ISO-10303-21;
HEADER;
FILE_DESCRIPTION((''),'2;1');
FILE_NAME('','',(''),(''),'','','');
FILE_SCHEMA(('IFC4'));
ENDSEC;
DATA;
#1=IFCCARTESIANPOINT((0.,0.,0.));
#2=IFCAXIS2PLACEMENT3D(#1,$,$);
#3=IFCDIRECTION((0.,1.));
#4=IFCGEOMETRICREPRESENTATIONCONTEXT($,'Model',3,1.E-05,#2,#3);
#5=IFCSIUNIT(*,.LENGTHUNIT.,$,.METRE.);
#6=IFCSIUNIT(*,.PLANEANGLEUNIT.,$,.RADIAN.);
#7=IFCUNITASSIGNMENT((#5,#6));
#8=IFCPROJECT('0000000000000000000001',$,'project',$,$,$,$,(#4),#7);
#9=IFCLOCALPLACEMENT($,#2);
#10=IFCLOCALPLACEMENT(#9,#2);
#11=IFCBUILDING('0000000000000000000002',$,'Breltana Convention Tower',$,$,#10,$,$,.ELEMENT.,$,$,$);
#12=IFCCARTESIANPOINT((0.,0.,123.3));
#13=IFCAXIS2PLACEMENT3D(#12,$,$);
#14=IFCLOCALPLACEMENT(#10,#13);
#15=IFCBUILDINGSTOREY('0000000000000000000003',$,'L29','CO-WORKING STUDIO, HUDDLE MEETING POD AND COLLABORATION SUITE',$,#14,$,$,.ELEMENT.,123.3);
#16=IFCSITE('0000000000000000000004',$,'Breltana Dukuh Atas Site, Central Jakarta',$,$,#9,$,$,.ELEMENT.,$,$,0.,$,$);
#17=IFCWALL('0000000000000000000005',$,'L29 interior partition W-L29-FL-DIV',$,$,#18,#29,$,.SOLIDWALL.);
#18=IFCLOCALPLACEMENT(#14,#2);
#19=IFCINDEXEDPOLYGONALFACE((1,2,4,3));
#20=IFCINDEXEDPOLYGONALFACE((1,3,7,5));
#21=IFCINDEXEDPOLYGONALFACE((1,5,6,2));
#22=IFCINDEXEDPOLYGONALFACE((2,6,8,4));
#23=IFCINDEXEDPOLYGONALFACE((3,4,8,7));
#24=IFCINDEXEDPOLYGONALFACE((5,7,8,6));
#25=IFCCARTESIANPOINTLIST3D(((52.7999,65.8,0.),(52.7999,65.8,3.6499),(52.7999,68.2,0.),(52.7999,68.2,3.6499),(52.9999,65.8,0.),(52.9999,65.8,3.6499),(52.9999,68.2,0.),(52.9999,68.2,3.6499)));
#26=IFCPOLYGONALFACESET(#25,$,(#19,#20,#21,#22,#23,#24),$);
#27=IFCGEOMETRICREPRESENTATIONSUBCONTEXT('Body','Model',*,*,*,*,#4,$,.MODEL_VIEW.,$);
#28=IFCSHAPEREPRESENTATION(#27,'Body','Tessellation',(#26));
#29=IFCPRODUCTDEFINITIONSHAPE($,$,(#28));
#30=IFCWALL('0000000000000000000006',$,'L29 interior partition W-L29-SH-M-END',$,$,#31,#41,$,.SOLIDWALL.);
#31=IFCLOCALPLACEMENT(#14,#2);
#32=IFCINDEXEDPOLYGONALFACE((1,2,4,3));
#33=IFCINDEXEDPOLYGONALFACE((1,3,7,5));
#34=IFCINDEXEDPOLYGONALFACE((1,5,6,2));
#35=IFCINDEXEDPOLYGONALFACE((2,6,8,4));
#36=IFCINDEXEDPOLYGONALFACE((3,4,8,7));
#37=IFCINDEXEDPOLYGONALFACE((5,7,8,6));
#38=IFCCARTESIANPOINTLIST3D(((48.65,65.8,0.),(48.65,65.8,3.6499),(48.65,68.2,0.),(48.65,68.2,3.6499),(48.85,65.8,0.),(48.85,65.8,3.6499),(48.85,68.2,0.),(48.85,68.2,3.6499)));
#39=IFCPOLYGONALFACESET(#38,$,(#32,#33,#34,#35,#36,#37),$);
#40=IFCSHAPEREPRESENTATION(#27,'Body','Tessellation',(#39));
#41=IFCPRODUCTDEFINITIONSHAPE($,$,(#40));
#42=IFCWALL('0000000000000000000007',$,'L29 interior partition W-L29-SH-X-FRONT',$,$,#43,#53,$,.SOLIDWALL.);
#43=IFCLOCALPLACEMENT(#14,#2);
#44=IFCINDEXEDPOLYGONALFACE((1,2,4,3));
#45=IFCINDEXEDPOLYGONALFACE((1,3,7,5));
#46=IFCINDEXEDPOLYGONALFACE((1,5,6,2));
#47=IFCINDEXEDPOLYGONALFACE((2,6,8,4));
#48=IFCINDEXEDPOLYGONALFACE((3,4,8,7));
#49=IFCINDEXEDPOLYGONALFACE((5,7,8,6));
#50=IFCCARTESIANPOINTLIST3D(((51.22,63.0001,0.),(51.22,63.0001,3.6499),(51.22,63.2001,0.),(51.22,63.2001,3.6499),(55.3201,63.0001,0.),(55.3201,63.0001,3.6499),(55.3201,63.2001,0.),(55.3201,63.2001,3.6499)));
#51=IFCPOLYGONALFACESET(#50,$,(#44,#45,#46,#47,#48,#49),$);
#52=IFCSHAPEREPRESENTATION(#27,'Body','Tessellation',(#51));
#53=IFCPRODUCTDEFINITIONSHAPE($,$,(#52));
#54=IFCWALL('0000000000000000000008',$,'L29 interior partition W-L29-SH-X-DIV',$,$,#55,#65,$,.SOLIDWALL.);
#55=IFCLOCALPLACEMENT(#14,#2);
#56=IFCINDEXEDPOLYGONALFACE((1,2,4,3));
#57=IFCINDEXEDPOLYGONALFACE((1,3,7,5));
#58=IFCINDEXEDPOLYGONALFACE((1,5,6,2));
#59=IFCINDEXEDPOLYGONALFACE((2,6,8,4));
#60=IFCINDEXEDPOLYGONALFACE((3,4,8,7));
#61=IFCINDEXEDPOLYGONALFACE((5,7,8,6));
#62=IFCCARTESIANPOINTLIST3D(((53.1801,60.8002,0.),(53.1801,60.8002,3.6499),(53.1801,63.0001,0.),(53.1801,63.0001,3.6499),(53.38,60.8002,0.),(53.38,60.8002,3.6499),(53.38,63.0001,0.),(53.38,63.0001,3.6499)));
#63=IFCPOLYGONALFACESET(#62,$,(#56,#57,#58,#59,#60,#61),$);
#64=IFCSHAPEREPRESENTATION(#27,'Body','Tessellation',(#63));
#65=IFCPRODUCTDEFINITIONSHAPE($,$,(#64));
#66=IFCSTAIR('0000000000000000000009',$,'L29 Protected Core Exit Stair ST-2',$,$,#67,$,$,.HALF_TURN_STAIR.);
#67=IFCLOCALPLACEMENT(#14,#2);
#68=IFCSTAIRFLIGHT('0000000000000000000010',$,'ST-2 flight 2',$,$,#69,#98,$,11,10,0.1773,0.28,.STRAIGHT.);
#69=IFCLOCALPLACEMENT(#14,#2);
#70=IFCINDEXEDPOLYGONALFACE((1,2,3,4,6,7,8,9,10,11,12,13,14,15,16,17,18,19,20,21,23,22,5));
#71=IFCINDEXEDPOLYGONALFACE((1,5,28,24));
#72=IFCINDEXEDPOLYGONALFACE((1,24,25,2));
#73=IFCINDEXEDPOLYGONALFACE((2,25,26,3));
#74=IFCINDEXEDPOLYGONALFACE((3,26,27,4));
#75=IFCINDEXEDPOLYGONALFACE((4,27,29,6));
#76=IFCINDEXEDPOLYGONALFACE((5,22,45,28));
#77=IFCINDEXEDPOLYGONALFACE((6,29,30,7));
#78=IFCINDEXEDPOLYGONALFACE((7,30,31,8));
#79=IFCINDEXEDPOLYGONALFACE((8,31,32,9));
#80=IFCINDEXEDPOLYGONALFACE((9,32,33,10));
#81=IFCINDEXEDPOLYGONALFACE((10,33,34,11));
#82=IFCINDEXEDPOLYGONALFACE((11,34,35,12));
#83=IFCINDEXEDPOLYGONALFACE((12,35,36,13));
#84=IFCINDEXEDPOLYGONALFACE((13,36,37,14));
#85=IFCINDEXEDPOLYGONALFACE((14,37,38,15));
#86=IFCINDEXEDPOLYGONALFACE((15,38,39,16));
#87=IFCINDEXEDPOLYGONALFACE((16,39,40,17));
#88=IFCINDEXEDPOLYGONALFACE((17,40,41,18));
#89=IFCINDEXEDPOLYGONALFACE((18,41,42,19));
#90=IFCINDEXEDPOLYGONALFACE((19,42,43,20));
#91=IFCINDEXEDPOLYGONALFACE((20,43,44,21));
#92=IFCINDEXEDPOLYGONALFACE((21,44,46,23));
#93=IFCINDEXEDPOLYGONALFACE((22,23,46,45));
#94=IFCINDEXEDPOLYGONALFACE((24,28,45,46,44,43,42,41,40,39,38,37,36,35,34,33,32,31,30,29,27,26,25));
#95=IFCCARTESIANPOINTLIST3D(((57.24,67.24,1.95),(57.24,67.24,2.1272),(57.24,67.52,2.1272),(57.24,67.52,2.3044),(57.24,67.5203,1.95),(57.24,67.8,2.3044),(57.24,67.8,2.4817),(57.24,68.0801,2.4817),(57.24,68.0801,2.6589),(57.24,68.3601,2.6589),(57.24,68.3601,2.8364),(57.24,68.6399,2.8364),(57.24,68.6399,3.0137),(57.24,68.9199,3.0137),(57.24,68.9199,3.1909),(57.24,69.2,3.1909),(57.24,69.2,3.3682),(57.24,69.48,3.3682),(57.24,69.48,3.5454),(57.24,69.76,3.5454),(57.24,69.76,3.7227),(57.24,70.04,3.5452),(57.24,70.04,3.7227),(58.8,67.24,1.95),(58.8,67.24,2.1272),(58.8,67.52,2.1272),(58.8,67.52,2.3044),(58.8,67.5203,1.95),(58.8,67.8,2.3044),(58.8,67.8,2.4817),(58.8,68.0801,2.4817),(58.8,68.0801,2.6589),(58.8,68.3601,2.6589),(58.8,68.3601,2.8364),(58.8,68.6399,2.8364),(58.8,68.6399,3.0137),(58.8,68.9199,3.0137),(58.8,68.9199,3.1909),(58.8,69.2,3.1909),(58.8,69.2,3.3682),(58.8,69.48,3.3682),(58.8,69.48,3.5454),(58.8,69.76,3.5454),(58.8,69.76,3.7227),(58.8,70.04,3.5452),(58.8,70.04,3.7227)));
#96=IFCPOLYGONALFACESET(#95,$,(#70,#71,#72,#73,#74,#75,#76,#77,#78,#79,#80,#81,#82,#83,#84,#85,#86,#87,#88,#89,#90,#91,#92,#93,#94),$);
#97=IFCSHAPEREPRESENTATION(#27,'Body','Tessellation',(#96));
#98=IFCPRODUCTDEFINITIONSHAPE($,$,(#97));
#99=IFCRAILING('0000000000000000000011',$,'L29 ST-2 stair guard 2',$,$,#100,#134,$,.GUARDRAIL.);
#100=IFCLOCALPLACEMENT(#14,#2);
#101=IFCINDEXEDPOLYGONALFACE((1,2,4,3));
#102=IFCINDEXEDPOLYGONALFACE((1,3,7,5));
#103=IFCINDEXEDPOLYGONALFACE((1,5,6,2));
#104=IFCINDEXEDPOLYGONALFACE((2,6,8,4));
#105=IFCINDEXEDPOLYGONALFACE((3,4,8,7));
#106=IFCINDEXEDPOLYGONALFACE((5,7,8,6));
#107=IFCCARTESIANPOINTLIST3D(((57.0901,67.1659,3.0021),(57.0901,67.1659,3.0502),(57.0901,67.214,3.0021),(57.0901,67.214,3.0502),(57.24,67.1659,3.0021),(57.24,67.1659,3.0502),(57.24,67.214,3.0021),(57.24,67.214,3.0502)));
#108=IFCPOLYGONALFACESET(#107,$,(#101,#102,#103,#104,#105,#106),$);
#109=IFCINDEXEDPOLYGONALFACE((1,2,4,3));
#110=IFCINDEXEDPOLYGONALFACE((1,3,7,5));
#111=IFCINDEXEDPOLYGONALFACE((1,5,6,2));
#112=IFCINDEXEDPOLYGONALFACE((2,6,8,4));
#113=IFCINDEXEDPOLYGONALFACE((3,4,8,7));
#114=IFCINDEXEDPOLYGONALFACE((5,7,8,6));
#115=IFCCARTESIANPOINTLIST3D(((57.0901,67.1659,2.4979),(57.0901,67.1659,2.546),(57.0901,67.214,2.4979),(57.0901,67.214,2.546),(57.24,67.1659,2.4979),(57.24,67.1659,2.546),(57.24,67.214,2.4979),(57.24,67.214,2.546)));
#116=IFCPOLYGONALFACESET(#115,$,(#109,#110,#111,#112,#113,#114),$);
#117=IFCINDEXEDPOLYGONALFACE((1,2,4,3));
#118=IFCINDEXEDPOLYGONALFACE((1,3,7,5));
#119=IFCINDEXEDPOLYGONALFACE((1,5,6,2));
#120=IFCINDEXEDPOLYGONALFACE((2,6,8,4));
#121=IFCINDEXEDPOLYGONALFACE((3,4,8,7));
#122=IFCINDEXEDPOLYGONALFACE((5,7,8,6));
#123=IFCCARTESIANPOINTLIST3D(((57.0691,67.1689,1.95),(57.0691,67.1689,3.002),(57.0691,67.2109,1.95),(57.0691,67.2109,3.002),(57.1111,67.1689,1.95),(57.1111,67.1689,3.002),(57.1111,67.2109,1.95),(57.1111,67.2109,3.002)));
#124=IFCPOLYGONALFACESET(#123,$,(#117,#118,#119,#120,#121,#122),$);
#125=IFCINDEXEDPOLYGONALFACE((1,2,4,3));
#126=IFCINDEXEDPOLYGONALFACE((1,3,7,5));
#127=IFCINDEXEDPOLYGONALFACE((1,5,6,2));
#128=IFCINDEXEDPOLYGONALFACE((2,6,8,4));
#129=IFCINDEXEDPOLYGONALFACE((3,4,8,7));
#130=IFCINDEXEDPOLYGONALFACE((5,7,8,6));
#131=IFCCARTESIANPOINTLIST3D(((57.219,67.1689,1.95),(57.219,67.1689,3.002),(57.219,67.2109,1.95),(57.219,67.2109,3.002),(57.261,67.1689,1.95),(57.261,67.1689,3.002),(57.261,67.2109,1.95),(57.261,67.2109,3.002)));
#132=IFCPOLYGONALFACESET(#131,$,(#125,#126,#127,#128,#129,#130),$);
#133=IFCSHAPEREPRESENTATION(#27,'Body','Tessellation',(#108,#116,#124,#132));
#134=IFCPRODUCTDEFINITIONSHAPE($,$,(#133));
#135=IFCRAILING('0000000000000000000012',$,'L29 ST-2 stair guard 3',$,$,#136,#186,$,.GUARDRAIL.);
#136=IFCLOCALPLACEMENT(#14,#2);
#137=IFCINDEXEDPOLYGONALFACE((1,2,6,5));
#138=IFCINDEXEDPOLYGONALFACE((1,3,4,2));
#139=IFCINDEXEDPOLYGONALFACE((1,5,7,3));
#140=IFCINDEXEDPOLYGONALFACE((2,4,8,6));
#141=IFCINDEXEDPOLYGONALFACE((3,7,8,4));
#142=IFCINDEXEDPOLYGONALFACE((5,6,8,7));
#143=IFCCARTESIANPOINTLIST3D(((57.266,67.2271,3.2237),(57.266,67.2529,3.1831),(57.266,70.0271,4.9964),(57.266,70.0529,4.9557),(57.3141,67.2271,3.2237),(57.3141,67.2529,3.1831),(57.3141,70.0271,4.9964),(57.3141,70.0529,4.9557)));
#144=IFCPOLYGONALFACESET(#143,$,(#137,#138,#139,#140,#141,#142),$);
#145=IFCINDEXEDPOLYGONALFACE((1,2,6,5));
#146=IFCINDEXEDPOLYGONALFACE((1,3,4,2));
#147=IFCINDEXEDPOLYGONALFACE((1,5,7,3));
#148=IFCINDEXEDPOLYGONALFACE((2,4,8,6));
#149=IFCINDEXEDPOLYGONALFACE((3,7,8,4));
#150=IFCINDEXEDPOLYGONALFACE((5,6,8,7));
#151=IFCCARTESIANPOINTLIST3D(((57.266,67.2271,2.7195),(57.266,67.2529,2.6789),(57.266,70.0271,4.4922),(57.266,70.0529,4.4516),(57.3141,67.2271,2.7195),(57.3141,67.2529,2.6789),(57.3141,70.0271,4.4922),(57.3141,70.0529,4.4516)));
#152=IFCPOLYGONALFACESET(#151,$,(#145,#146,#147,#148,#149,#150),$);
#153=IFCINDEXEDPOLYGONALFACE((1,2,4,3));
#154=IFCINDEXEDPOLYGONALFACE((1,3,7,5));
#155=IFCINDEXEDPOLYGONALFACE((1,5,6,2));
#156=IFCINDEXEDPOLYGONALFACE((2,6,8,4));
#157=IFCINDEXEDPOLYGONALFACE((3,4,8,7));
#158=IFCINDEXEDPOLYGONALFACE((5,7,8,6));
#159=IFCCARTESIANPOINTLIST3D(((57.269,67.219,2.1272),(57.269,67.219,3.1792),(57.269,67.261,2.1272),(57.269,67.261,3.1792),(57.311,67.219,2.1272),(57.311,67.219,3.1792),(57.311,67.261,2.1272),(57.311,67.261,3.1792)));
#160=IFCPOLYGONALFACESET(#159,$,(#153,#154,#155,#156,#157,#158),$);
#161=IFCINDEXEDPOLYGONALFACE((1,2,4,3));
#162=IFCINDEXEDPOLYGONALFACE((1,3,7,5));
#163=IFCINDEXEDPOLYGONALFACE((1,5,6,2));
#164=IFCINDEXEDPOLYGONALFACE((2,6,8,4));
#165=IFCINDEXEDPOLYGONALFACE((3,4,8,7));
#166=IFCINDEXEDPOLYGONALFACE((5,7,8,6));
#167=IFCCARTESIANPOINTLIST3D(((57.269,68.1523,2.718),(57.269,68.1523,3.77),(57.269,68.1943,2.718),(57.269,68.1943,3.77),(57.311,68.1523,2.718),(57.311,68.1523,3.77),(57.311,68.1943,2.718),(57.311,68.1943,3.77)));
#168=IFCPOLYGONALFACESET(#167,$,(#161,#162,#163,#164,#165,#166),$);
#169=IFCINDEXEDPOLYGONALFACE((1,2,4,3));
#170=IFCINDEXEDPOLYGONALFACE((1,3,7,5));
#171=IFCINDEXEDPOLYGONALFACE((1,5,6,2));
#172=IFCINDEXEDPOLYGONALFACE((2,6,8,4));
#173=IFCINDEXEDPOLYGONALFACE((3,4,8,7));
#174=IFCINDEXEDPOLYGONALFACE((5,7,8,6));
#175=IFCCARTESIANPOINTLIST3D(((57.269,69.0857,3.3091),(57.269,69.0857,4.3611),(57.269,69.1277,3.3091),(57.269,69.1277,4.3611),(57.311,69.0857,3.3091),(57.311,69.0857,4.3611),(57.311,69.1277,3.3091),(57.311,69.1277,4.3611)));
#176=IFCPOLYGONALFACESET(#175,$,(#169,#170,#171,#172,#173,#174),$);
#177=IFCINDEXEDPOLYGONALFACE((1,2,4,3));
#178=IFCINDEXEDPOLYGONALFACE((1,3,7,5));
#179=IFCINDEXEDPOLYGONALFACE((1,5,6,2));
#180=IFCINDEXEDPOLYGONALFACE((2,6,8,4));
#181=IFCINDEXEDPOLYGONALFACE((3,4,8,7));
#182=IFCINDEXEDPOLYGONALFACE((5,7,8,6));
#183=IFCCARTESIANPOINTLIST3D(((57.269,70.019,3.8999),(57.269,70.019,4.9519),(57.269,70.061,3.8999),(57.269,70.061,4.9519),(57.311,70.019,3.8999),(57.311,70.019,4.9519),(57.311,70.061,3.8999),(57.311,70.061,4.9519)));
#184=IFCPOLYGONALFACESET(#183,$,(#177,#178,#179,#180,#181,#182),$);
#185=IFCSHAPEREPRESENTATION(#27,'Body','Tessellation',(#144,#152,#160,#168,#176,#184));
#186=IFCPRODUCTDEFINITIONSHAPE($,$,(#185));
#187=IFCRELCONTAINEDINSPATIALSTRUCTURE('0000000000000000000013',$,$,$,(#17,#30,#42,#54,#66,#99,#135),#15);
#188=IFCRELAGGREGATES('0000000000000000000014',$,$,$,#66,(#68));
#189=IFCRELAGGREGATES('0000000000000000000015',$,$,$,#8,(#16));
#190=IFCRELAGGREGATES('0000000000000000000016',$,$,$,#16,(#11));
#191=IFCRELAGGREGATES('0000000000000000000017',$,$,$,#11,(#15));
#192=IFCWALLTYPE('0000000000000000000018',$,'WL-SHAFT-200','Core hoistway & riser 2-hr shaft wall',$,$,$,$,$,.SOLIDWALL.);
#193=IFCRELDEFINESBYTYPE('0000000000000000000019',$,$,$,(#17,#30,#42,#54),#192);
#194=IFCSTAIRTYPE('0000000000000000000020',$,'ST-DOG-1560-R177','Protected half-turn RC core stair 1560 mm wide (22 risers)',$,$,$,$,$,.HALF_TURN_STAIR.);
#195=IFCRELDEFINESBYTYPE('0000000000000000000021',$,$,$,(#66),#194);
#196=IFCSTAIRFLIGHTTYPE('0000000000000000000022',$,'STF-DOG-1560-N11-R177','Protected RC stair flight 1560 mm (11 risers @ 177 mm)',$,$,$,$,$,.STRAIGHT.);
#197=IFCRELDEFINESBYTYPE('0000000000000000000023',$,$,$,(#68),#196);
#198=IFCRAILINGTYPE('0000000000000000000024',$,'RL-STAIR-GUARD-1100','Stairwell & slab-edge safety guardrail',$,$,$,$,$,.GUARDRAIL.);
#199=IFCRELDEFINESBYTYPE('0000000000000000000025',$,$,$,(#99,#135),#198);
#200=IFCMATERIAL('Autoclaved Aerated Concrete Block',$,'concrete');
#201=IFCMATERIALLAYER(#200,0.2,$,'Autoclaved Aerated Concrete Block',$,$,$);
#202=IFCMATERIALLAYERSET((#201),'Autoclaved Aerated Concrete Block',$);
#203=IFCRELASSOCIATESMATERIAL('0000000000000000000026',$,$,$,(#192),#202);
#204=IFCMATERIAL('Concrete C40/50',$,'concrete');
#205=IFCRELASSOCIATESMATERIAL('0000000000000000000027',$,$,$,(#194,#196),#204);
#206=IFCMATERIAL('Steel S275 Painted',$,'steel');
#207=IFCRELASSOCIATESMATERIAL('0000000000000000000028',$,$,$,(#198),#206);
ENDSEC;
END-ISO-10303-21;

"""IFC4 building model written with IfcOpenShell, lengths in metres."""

from ifc_helpers import new_model, si_unit, direction, frame, frame_2d, origin, origin_2d, place, context, subcontext, project, spatial, polyline, rectangle, outline, extrude, source, transform, mapped, material, layer, layer_set, type_object, element, aggregate, save


model = new_model("IFC4")

# Units and contexts
model_context = context("Model", 3, precision=1e-05, world=origin(), true_north=direction((0.0, 1.0)))
body_context = subcontext(model_context, "Body", "Model", "MODEL_VIEW")
ifc_project = project(units=[si_unit("LENGTHUNIT", "METRE"), si_unit("PLANEANGLEUNIT", "RADIAN")], contexts=[model_context])

# Site, building, storey
site_placement = place(None, origin())
site = spatial("IfcSite", under=ifc_project, at=site_placement, Name="Breltana Dukuh Atas Site, Central Jakarta", CompositionType="ELEMENT", RefElevation=0.0)
building_placement = place(site_placement, origin())
building = spatial("IfcBuilding", under=site, at=building_placement, Name="Breltana Convention Tower", CompositionType="ELEMENT")
storey_placement = place(building_placement, frame((0.0, 0.0, 123.3)))
storey = spatial("IfcBuildingStorey", under=building, at=storey_placement, Name="L29", Description="CO-WORKING STUDIO, HUDDLE MEETING POD AND COLLABORATION SUITE", CompositionType="ELEMENT", Elevation=123.3)

# Walls
ifc_material_1 = material(Name="Autoclaved Aerated Concrete Block", Category="concrete")
ifc_layer_1 = layer(ifc_material_1, 0.2, Name="Autoclaved Aerated Concrete Block")
ifc_layer_set_1 = layer_set([ifc_layer_1], Name="Autoclaved Aerated Concrete Block")
wall_type_1 = type_object("IfcWallType", Name="WL-SHAFT-200", Description="Core hoistway & riser 2-hr shaft wall", PredefinedType="SOLIDWALL", material=ifc_layer_set_1)
shared_shape_1 = source(origin(), body_context, "Body", "SweptSolid", [
    extrude(rectangle(XDim=2.3999, YDim=0.2, at=frame_2d((1.2, 0.0))), origin(), (0.0, 0.0, 1.0), 3.6499),
])
for number, where, z_axis, x_axis, name in (
    (1, (52.8999, 65.8, 0.0), (0.0, 0.0, 1.0), (0.0, 1.0, 0.0), "L29 interior partition W-L29-FL-DIV"),
    (2, (48.75, 65.8, 0.0), (0.0, 0.0, 1.0), (0.0, 1.0, 0.0), "L29 interior partition W-L29-SH-M-END"),
):
    element("IfcWall", number, at=place(storey_placement, frame(where, z_axis=z_axis, x_axis=x_axis)), inside=storey, type_object=wall_type_1, Name=name, PredefinedType="SOLIDWALL", context=body_context, shape_type="MappedRepresentation", body=[
        mapped(shared_shape_1, transform((0.0, 0.0, 0.0), scale=1.0)),
    ])
shared_shape_2 = source(origin(), body_context, "Body", "SweptSolid", [
    extrude(rectangle(XDim=4.1001, YDim=0.2, at=frame_2d((2.05, 0.0))), origin(), (0.0, 0.0, 1.0), 3.6499),
])
wall_1_placement = place(storey_placement, frame((51.22, 63.1001, 0.0), z_axis=(0.0, 0.0, 1.0), x_axis=(1.0, 0.0, 0.0)))
element("IfcWall", 3, at=wall_1_placement, inside=storey, type_object=wall_type_1, Name="L29 interior partition W-L29-SH-X-FRONT", PredefinedType="SOLIDWALL", context=body_context, shape_type="MappedRepresentation", body=[
    mapped(shared_shape_2, transform((0.0, 0.0, 0.0), scale=1.0)),
])
shared_shape_3 = source(origin(), body_context, "Body", "SweptSolid", [
    extrude(rectangle(XDim=2.2, YDim=0.2, at=frame_2d((1.1001, 0.0))), origin(), (0.0, 0.0, 1.0), 3.6499),
])
wall_2_placement = place(storey_placement, frame((53.28, 60.8, 0.0), z_axis=(0.0, 0.0, 1.0), x_axis=(0.0, 1.0, 0.0)))
element("IfcWall", 4, at=wall_2_placement, inside=storey, type_object=wall_type_1, Name="L29 interior partition W-L29-SH-X-DIV", PredefinedType="SOLIDWALL", context=body_context, shape_type="MappedRepresentation", body=[
    mapped(shared_shape_3, transform((0.0, 0.0, 0.0), scale=1.0)),
])

# Stair, stair flight
ifc_material_2 = material(Name="Concrete C40/50", Category="concrete")
stair_type = type_object("IfcStairType", Name="ST-DOG-1560-R177", Description="Protected half-turn RC core stair 1560 mm wide (22 risers)", PredefinedType="HALF_TURN_STAIR", material=ifc_material_2)
stair_placement = place(storey_placement, origin())
stair = element("IfcStair", 5, at=stair_placement, inside=storey, type_object=stair_type, Name="L29 Protected Core Exit Stair ST-2", PredefinedType="HALF_TURN_STAIR")
stair_flight_type = type_object("IfcStairFlightType", Name="STF-DOG-1560-N11-R177", Description="Protected RC stair flight 1560 mm (11 risers @ 177 mm)", PredefinedType="STRAIGHT", material=ifc_material_2)
stair_flight_placement = place(storey_placement, frame((58.02, 67.24, 1.95), z_axis=(0.0, 0.0, 1.0), x_axis=(0.0, 1.0, 0.0)))
stair_flight = element("IfcStairFlight", 6, at=stair_flight_placement, type_object=stair_flight_type, Name="ST-2 flight 2", NumberOfRisers=11, NumberOfTreads=10, PredefinedType="STRAIGHT", RiserHeight=0.1773, TreadLength=0.28, context=body_context, shape_type="SweptSolid", body=[
    extrude(outline(polyline([(0.0, 0.0), (0.0, 0.1772), (0.28, 0.1772), (0.28, 0.3545), (0.5601, 0.3545), (0.5601, 0.5317), (0.8401, 0.5317), (0.8401, 0.709), (1.1201, 0.709), (1.1201, 0.8865), (1.3999, 0.8865), (1.3999, 1.0637), (1.6799, 1.0637), (1.6799, 1.241), (1.96, 1.241), (1.96, 1.4182), (2.24, 1.4182), (2.24, 1.5955), (2.52, 1.5955), (2.52, 1.7727), (2.8, 1.7727), (2.8, 1.95), (2.8, 1.5952), (0.2803, 0.0), (0.0, 0.0)])), frame((0.0, 0.78, 0.0), z_axis=(0.0, -1.0, 0.0), x_axis=(1.0, 0.0, 0.0)), (0.0, 0.0, 1.0), 1.5601),
])
aggregate(stair, [stair_flight])

# Railings
ifc_material_3 = material(Name="Steel S275 Painted", Category="steel")
railing_type_1 = type_object("IfcRailingType", Name="RL-STAIR-GUARD-1100", Description="Stairwell & slab-edge safety guardrail", PredefinedType="GUARDRAIL", material=ifc_material_3)
railing_1_placement = place(storey_placement, frame((57.0901, 67.1899, 1.95)))
element("IfcRailing", 7, at=railing_1_placement, inside=storey, type_object=railing_type_1, Name="L29 ST-2 stair guard 2", PredefinedType="GUARDRAIL", context=body_context, shape_type="SweptSolid", body=[
    extrude(rectangle(XDim=0.0481, YDim=0.0481, at=origin_2d()), frame((0.0, 0.0, 1.0762), z_axis=(1.0, 0.0, 0.0), x_axis=(0.0, 1.0, 0.0)), (0.0, 0.0, 1.0), 0.1499),
    extrude(rectangle(XDim=0.0481, YDim=0.0481, at=origin_2d()), frame((0.0, 0.0, 0.572), z_axis=(1.0, 0.0, 0.0), x_axis=(0.0, 1.0, 0.0)), (0.0, 0.0, 1.0), 0.1499),
    extrude(rectangle(XDim=0.042, YDim=0.042, at=origin_2d()), origin(), (0.0, 0.0, 1.0), 1.052),
    extrude(rectangle(XDim=0.042, YDim=0.042, at=origin_2d()), frame((0.1499, 0.0, 0.0)), (0.0, 0.0, 1.0), 1.052),
])
railing_2_placement = place(storey_placement, frame((57.29, 67.24, 2.1272)))
element("IfcRailing", 8, at=railing_2_placement, inside=storey, type_object=railing_type_1, Name="L29 ST-2 stair guard 3", PredefinedType="GUARDRAIL", context=body_context, shape_type="SweptSolid", body=[
    extrude(rectangle(XDim=0.0481, YDim=0.0481, at=origin_2d()), frame((0.0, 0.0, 1.0762), z_axis=(0.0, 0.844909, 0.53491), x_axis=(-1.0, 0.0, 0.0)), (0.0, 0.0, 1.0), 3.314),
    extrude(rectangle(XDim=0.0481, YDim=0.0481, at=origin_2d()), frame((0.0, 0.0, 0.572), z_axis=(0.0, 0.844909, 0.53491), x_axis=(-1.0, 0.0, 0.0)), (0.0, 0.0, 1.0), 3.314),
    extrude(rectangle(XDim=0.042, YDim=0.042, at=origin_2d()), origin(), (0.0, 0.0, 1.0), 1.052),
    extrude(rectangle(XDim=0.042, YDim=0.042, at=origin_2d()), frame((0.0, 0.9333, 0.5908)), (0.0, 0.0, 1.0), 1.052),
    extrude(rectangle(XDim=0.042, YDim=0.042, at=origin_2d()), frame((0.0, 1.8667, 1.1819)), (0.0, 0.0, 1.0), 1.052),
    extrude(rectangle(XDim=0.042, YDim=0.042, at=origin_2d()), frame((0.0, 2.8, 1.7727)), (0.0, 0.0, 1.0), 1.052),
])

save(model, "model.ifc")
